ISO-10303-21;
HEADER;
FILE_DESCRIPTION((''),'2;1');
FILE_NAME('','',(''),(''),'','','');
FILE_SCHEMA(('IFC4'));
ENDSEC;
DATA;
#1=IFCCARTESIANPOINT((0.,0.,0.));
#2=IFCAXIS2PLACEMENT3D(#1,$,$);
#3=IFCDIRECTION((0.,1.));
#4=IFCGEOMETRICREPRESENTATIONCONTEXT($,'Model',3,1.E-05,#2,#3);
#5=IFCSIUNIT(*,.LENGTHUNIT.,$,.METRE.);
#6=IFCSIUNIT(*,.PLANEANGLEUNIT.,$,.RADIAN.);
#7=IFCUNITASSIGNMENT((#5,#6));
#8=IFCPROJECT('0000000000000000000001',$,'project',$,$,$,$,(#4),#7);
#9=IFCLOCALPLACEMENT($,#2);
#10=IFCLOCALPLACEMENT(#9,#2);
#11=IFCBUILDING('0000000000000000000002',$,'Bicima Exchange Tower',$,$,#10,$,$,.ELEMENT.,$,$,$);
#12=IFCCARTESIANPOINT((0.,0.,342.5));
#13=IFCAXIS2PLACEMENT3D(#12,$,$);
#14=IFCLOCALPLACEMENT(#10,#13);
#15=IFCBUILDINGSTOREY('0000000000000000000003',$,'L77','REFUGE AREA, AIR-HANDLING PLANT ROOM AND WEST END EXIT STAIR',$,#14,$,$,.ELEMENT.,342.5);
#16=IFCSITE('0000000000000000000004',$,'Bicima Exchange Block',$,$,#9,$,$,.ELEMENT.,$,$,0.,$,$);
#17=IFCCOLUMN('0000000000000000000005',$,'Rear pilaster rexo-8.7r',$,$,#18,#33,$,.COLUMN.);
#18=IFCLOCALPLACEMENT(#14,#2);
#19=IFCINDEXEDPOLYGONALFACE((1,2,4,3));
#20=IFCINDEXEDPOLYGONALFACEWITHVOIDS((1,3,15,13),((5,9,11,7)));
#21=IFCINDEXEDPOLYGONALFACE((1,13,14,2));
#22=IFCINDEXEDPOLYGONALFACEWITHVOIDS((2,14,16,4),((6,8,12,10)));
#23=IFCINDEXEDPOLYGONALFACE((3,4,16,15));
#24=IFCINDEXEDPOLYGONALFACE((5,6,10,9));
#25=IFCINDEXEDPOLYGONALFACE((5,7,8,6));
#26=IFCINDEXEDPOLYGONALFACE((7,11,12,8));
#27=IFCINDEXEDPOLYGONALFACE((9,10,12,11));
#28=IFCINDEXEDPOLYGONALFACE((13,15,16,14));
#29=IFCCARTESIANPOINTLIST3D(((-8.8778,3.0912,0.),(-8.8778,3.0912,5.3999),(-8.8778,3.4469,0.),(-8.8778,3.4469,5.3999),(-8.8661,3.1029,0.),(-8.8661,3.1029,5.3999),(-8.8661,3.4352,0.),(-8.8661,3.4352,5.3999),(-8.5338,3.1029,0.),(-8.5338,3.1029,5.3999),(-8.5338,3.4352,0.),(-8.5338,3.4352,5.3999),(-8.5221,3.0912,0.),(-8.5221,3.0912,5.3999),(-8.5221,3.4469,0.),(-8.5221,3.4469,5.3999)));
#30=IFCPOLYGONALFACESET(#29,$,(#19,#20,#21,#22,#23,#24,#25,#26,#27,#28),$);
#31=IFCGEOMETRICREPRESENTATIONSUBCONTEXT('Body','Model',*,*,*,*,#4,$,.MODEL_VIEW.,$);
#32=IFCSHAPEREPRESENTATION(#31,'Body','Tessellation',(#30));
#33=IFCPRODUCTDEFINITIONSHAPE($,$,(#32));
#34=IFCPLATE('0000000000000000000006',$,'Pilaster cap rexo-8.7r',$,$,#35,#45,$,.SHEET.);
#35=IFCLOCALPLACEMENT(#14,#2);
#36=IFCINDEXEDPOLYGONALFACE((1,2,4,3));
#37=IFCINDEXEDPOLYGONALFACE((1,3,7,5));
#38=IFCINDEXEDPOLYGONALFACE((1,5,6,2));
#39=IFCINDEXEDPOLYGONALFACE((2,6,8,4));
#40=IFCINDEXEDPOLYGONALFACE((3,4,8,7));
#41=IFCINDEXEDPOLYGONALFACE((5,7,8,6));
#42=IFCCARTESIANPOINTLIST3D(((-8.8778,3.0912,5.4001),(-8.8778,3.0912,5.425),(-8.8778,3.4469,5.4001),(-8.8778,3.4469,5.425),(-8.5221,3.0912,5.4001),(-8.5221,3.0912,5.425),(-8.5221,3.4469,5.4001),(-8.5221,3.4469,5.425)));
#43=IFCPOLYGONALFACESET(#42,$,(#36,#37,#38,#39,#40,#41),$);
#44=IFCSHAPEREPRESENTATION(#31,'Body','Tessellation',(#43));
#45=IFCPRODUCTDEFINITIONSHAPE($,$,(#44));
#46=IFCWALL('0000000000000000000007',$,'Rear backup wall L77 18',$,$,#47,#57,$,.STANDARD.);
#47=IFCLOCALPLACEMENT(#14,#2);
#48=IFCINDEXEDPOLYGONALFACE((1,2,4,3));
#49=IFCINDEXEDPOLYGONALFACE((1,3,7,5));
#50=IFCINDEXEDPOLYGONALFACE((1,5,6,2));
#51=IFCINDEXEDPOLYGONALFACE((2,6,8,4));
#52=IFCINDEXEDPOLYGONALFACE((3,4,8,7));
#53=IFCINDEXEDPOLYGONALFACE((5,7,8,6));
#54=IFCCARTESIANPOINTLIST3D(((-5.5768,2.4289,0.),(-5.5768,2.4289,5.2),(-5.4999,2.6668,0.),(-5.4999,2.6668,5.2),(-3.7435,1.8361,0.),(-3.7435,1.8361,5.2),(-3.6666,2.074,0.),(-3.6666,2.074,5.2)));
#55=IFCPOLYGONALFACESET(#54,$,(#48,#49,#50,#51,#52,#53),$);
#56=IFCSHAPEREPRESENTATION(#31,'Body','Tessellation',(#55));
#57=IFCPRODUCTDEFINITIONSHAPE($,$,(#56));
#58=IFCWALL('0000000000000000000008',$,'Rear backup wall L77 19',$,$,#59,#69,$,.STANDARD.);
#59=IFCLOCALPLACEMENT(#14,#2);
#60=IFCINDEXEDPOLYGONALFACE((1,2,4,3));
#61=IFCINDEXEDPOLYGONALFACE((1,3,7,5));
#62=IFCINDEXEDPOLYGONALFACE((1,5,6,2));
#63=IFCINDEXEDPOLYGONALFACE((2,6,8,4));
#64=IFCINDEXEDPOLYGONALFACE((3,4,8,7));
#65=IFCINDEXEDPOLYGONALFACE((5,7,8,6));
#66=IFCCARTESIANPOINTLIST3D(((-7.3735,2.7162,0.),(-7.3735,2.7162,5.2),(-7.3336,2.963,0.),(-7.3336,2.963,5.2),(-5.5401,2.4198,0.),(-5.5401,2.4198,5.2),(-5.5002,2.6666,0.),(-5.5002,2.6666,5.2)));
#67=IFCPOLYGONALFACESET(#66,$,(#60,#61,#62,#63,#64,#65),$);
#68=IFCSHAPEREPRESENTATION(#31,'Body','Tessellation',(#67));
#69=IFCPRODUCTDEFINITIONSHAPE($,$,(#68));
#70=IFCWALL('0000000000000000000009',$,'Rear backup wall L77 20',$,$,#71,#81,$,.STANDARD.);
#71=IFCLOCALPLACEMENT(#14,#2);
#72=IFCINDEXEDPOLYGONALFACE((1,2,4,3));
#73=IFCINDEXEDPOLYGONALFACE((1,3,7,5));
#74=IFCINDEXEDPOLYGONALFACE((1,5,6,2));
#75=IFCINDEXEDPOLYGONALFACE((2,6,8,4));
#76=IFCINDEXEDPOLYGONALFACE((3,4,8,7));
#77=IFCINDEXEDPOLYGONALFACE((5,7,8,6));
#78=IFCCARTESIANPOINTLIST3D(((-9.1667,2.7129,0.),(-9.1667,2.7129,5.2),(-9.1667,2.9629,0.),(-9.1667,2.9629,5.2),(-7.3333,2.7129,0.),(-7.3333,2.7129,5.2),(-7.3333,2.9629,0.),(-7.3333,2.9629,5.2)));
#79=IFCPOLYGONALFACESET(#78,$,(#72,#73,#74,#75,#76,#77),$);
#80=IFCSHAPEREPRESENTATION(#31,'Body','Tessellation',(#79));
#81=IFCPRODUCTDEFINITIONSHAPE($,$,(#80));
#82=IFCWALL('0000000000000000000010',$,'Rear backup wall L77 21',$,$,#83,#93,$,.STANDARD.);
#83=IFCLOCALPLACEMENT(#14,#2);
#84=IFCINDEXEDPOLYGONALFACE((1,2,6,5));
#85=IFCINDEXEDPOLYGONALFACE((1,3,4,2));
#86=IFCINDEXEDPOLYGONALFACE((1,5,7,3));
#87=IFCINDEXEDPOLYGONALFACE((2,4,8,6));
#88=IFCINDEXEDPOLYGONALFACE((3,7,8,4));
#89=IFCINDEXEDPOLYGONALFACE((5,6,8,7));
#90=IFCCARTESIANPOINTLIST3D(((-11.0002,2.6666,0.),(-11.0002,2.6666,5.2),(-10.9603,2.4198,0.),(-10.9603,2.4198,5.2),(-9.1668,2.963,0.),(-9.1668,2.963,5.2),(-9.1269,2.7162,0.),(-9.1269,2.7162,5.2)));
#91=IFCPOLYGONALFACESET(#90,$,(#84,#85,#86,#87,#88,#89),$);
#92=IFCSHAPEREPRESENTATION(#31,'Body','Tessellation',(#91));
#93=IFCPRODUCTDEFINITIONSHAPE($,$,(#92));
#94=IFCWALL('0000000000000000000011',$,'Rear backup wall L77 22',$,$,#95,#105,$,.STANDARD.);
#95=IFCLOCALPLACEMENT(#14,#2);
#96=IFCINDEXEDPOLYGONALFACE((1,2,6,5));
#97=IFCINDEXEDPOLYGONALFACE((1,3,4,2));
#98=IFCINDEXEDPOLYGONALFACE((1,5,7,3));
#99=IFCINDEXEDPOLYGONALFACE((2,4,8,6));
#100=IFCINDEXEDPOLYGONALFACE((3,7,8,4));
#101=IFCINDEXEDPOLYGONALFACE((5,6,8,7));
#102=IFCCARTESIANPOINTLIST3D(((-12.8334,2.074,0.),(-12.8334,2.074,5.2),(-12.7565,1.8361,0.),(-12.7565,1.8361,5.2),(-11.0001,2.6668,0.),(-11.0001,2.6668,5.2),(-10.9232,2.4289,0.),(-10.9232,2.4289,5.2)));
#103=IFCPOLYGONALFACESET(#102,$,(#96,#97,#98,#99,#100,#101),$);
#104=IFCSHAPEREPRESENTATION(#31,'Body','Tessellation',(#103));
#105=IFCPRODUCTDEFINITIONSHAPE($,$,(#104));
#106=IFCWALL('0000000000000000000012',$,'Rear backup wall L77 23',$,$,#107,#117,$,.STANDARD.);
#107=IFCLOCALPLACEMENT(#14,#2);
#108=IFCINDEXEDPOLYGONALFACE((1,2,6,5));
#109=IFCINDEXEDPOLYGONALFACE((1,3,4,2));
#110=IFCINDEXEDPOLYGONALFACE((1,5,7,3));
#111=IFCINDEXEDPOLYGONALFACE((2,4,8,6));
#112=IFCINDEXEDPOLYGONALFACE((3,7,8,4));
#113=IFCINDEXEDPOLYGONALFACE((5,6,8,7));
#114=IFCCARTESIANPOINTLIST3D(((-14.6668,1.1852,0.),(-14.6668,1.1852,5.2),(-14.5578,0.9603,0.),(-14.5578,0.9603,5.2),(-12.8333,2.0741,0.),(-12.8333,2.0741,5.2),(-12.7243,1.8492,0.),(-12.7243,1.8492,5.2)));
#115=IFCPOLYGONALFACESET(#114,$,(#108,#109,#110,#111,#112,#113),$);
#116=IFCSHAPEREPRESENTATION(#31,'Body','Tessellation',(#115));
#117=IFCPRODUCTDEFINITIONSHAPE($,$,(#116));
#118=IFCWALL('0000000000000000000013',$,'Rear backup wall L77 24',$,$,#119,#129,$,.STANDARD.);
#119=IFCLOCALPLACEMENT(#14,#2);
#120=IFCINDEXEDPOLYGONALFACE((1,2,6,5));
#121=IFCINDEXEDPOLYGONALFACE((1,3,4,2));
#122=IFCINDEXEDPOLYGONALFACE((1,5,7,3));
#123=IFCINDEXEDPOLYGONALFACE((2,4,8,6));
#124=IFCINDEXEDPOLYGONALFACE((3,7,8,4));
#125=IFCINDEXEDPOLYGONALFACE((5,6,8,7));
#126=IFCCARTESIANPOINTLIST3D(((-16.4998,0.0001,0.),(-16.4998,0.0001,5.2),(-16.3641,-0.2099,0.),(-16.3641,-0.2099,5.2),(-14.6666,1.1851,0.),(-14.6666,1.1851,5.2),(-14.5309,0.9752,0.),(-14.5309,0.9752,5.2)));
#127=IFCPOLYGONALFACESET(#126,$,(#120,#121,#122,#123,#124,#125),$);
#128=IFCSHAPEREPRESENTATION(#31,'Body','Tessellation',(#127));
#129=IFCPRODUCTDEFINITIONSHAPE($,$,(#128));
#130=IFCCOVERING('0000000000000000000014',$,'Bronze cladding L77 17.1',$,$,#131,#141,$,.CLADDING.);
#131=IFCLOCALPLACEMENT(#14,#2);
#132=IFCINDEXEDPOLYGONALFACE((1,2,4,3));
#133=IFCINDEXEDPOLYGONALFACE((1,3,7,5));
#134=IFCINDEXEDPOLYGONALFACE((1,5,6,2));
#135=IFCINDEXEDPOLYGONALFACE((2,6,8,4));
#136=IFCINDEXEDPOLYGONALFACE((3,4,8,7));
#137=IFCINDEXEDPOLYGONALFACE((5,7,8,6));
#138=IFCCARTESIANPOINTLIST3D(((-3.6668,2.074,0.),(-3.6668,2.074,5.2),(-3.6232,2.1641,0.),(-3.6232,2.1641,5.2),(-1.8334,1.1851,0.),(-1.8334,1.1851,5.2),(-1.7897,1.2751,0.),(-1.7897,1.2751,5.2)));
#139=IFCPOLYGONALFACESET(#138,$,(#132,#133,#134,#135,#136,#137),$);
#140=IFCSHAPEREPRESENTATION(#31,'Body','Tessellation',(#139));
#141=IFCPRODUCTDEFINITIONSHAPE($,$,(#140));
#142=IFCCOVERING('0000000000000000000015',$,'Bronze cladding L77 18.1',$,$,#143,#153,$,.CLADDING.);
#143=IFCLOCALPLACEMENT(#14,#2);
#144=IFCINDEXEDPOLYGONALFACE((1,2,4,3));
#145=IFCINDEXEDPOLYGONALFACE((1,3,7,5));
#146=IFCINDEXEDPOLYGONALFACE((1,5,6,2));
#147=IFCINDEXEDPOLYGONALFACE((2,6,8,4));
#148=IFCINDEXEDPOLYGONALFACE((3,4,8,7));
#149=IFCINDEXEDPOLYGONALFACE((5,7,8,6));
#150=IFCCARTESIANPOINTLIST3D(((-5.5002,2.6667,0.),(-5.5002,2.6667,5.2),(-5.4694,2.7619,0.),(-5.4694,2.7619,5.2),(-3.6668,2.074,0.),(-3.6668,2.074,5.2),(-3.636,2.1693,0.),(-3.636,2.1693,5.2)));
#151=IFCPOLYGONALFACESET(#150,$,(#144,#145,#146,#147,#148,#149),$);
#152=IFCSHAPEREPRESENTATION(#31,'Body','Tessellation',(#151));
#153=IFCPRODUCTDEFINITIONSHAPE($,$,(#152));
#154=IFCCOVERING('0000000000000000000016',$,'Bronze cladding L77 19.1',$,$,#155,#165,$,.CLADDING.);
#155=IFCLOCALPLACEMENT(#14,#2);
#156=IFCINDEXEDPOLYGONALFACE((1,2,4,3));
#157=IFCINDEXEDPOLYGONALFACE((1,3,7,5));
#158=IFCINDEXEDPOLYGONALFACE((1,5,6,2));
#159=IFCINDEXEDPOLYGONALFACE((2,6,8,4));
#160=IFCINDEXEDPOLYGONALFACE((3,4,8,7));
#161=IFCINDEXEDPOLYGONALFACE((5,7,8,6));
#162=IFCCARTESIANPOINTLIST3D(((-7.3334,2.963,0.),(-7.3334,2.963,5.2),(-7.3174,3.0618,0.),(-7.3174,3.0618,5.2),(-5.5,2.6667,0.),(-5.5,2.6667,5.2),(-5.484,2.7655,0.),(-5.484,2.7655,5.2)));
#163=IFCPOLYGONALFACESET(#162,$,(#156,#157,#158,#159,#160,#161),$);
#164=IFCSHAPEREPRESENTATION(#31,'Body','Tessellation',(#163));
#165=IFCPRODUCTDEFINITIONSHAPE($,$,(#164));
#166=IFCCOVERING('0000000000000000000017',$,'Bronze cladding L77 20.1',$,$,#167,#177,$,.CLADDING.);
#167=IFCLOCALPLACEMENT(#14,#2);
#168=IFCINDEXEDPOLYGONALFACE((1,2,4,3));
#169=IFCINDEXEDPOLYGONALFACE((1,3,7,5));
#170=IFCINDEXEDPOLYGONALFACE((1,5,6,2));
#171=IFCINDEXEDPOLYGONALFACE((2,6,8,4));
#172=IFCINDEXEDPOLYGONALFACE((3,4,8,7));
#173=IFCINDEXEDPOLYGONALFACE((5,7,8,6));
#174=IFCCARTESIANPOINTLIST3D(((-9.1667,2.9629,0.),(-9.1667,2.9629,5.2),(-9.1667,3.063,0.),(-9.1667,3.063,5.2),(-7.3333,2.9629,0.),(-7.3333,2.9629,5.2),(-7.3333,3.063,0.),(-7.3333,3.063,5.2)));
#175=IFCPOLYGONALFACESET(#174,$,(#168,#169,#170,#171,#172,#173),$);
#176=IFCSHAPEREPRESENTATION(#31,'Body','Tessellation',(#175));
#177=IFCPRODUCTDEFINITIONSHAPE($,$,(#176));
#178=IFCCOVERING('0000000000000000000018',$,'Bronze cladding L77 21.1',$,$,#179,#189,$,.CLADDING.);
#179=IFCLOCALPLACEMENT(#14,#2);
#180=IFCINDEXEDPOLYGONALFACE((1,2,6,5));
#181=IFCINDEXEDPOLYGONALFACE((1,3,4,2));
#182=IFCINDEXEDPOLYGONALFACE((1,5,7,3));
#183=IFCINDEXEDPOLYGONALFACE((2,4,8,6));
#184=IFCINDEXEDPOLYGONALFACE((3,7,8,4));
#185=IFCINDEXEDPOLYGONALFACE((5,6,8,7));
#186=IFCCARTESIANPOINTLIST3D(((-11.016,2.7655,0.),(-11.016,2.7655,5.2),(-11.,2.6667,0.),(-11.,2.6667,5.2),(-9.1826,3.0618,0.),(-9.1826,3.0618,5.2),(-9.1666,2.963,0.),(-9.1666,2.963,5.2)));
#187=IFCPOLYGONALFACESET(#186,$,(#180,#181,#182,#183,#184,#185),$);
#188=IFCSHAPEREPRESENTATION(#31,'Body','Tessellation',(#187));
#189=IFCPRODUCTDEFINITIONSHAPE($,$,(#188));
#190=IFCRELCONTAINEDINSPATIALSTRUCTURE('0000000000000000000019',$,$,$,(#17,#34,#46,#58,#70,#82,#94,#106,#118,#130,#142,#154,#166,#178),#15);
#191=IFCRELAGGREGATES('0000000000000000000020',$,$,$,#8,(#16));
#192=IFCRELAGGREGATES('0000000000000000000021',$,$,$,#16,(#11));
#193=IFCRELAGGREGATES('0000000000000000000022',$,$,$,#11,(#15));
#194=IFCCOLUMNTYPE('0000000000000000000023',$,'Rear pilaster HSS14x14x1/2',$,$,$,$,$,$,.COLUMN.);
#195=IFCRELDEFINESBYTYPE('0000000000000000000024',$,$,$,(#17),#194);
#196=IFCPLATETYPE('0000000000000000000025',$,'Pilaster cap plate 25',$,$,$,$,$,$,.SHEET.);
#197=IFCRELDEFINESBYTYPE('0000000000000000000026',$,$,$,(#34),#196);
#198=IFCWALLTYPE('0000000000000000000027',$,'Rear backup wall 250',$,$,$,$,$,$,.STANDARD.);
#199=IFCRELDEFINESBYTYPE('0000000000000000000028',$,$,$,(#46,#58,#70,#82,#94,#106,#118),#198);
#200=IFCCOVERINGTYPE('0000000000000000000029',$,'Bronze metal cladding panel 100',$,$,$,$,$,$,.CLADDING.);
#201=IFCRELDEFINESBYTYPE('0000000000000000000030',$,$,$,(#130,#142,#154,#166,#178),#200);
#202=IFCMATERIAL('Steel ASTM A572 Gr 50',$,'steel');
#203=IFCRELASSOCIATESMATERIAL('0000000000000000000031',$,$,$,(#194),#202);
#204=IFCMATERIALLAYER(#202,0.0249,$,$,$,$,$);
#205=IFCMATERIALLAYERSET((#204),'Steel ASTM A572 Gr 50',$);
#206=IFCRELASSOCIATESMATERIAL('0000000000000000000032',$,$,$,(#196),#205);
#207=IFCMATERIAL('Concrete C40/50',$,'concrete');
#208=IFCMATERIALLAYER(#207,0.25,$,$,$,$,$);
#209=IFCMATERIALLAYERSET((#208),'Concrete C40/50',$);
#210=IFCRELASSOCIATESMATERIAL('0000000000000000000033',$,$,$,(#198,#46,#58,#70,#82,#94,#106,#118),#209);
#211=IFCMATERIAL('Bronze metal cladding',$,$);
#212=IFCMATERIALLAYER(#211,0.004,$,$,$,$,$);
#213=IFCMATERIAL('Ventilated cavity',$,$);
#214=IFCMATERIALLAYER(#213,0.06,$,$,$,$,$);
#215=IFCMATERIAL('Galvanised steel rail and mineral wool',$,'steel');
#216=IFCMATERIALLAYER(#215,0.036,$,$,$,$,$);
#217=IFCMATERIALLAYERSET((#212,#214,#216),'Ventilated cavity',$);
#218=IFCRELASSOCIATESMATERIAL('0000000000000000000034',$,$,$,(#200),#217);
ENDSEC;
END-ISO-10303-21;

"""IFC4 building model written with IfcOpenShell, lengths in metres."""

from ifc_helpers import new_model, si_unit, direction, frame, frame_2d, origin, origin_2d, place, context, subcontext, project, spatial, rectangle, hollow_rectangle, extrude, material, layer, layer_set, layer_usage, material_profile, profile_set, type_object, element, save


model = new_model("IFC4")

# Units and contexts
model_context = context("Model", 3, precision=1e-05, world=origin(), true_north=direction((0.0, 1.0)))
body_context = subcontext(model_context, "Body", "Model", "MODEL_VIEW")
ifc_project = project(units=[si_unit("LENGTHUNIT", "METRE"), si_unit("PLANEANGLEUNIT", "RADIAN")], contexts=[model_context])

# Site, building, storey
site_placement = place(None, origin())
site = spatial("IfcSite", under=ifc_project, at=site_placement, Name="Bicima Exchange Block", CompositionType="ELEMENT", RefElevation=0.0)
building_placement = place(site_placement, origin())
building = spatial("IfcBuilding", under=site, at=building_placement, Name="Bicima Exchange Tower", CompositionType="ELEMENT")
storey_placement = place(building_placement, frame((0.0, 0.0, 342.5)))
storey = spatial("IfcBuildingStorey", under=building, at=storey_placement, Name="L77", Description="REFUGE AREA, AIR-HANDLING PLANT ROOM AND WEST END EXIT STAIR", CompositionType="ELEMENT", Elevation=342.5)

# Column
ifc_material_1 = material(Name="Steel ASTM A572 Gr 50", Category="steel")
ifc_material_profile = material_profile(ifc_material_1, hollow_rectangle(XDim=0.3557, YDim=0.3557, WallThickness=0.0117, at=origin_2d()))
ifc_profile_set = profile_set([ifc_material_profile], Name="Steel ASTM A572 Gr 50")
column_type = type_object("IfcColumnType", Name="Rear pilaster HSS14x14x1/2", PredefinedType="COLUMN", material=ifc_profile_set)
column_placement = place(storey_placement, frame((-8.7, 3.269, 0.0), z_axis=(0.0, 0.0, 1.0), x_axis=(1.0, 0.0, 0.0)))
element("IfcColumn", 1, at=column_placement, inside=storey, type_object=column_type, Name="Rear pilaster rexo-8.7r", PredefinedType="COLUMN", context=body_context, shape_type="SweptSolid", body=[
    extrude(hollow_rectangle(XDim=0.3557, YDim=0.3557, WallThickness=0.0117, at=origin_2d()), origin(), (0.0, 0.0, 1.0), 5.3999),
])

# Plate
ifc_layer_1 = layer(ifc_material_1, 0.0249)
ifc_layer_set_1 = layer_set([ifc_layer_1], Name="Steel ASTM A572 Gr 50")
plate_type = type_object("IfcPlateType", Name="Pilaster cap plate 25", PredefinedType="SHEET", material=ifc_layer_set_1)
plate_placement = place(storey_placement, frame((-8.7, 3.269, 5.4001), z_axis=(0.0, 0.0, 1.0), x_axis=(1.0, 0.0, 0.0)))
element("IfcPlate", 2, at=plate_placement, inside=storey, type_object=plate_type, Name="Pilaster cap rexo-8.7r", PredefinedType="SHEET", context=body_context, shape_type="SweptSolid", body=[
    extrude(rectangle(XDim=0.3557, YDim=0.3557, at=origin_2d()), origin(), (0.0, 0.0, 1.0), 0.0249),
])

# Walls
ifc_material_2 = material(Name="Concrete C40/50", Category="concrete")
ifc_layer_2 = layer(ifc_material_2, 0.25)
ifc_layer_set_2 = layer_set([ifc_layer_2], Name="Concrete C40/50")
ifc_layer_usage = layer_usage(ifc_layer_set_2, "AXIS2", "POSITIVE", -0.125)
wall_type = type_object("IfcWallType", Name="Rear backup wall 250", PredefinedType="STANDARD", material=ifc_layer_set_2)
wall_1_placement = place(storey_placement, frame((-3.7051, 1.9551, 0.0), z_axis=(0.0, 0.0, 1.0), x_axis=(-0.951496, 0.307662, 0.0)))
element("IfcWall", 3, at=wall_1_placement, inside=storey, type_object=wall_type, material=ifc_layer_usage, Name="Rear backup wall L77 18", PredefinedType="STANDARD", context=body_context, shape_type="SweptSolid", body=[
    extrude(rectangle(XDim=1.9268, YDim=0.25, at=frame_2d((0.9634, 0.0))), origin(), (0.0, 0.0, 1.0), 5.2),
])
wall_2_placement = place(storey_placement, frame((-5.52, 2.5432, 0.0), z_axis=(0.0, 0.0, 1.0), x_axis=(-0.987182, 0.1596, 0.0)))
element("IfcWall", 4, at=wall_2_placement, inside=storey, type_object=wall_type, material=ifc_layer_usage, Name="Rear backup wall L77 19", PredefinedType="STANDARD", context=body_context, shape_type="SweptSolid", body=[
    extrude(rectangle(XDim=1.8572, YDim=0.25, at=frame_2d((0.9287, 0.0))), origin(), (0.0, 0.0, 1.0), 5.2),
])
wall_3_placement = place(storey_placement, frame((-7.3333, 2.8379, 0.0), z_axis=(0.0, 0.0, 1.0), x_axis=(-1.0, 0.0, 0.0)))
element("IfcWall", 5, at=wall_3_placement, inside=storey, type_object=wall_type, material=ifc_layer_usage, Name="Rear backup wall L77 20", PredefinedType="STANDARD", context=body_context, shape_type="SweptSolid", body=[
    extrude(rectangle(XDim=1.8335, YDim=0.25, at=frame_2d((0.9167, 0.0))), origin(), (0.0, 0.0, 1.0), 5.2),
])
wall_4_placement = place(storey_placement, frame((-9.1467, 2.8396, 0.0), z_axis=(0.0, 0.0, 1.0), x_axis=(-0.987182, -0.1596, 0.0)))
element("IfcWall", 6, at=wall_4_placement, inside=storey, type_object=wall_type, material=ifc_layer_usage, Name="Rear backup wall L77 21", PredefinedType="STANDARD", context=body_context, shape_type="SweptSolid", body=[
    extrude(rectangle(XDim=1.8572, YDim=0.25, at=frame_2d((0.9287, 0.0))), origin(), (0.0, 0.0, 1.0), 5.2),
])
wall_5_placement = place(storey_placement, frame((-10.9617, 2.5479, 0.0), z_axis=(0.0, 0.0, 1.0), x_axis=(-0.951496, -0.307662, 0.0)))
element("IfcWall", 7, at=wall_5_placement, inside=storey, type_object=wall_type, material=ifc_layer_usage, Name="Rear backup wall L77 22", PredefinedType="STANDARD", context=body_context, shape_type="SweptSolid", body=[
    extrude(rectangle(XDim=1.9268, YDim=0.25, at=frame_2d((0.9634, 0.0))), origin(), (0.0, 0.0, 1.0), 5.2),
])
wall_6_placement = place(storey_placement, frame((-12.7788, 1.9617, 0.0), z_axis=(0.0, 0.0, 1.0), x_axis=(-0.899824, -0.436253, 0.0)))
element("IfcWall", 8, at=wall_6_placement, inside=storey, type_object=wall_type, material=ifc_layer_usage, Name="Rear backup wall L77 23", PredefinedType="STANDARD", context=body_context, shape_type="SweptSolid", body=[
    extrude(rectangle(XDim=2.0376, YDim=0.25, at=frame_2d((1.0188, 0.0))), origin(), (0.0, 0.0, 1.0), 5.2),
])
wall_7_placement = place(storey_placement, frame((-14.5989, 1.0801, 0.0), z_axis=(0.0, 0.0, 1.0), x_axis=(-0.839813, -0.542876, 0.0)))
element("IfcWall", 9, at=wall_7_placement, inside=storey, type_object=wall_type, material=ifc_layer_usage, Name="Rear backup wall L77 24", PredefinedType="STANDARD", context=body_context, shape_type="SweptSolid", body=[
    extrude(rectangle(XDim=2.1829, YDim=0.25, at=frame_2d((1.0913, 0.0))), origin(), (0.0, 0.0, 1.0), 5.2),
])

# Coverings
ifc_material_3 = material(Name="Bronze metal cladding")
ifc_layer_3 = layer(ifc_material_3, 0.004)
ifc_material_4 = material(Name="Ventilated cavity")
ifc_layer_4 = layer(ifc_material_4, 0.06)
ifc_material_5 = material(Name="Galvanised steel rail and mineral wool", Category="steel")
ifc_layer_5 = layer(ifc_material_5, 0.036)
ifc_layer_set_3 = layer_set([ifc_layer_3, ifc_layer_4, ifc_layer_5], Name="Ventilated cavity")
covering_type = type_object("IfcCoveringType", Name="Bronze metal cladding panel 100", PredefinedType="CLADDING", material=ifc_layer_set_3)
covering_1_placement = place(storey_placement, frame((-2.7283, 1.6746, 0.0), z_axis=(0.0, 0.0, 1.0), x_axis=(-0.899818, 0.436265, 0.0)))
element("IfcCovering", 10, at=covering_1_placement, inside=storey, type_object=covering_type, Name="Bronze cladding L77 17.1", PredefinedType="CLADDING", context=body_context, shape_type="SweptSolid", body=[
    extrude(rectangle(XDim=2.0376, YDim=0.1001, at=origin_2d()), origin(), (0.0, 0.0, 1.0), 5.2),
])
covering_2_placement = place(storey_placement, frame((-4.5681, 2.418, 0.0), z_axis=(0.0, 0.0, 1.0), x_axis=(-0.951525, 0.307573, 0.0)))
element("IfcCovering", 11, at=covering_2_placement, inside=storey, type_object=covering_type, Name="Bronze cladding L77 18.1", PredefinedType="CLADDING", context=body_context, shape_type="SweptSolid", body=[
    extrude(rectangle(XDim=1.9268, YDim=0.1001, at=origin_2d()), origin(), (0.0, 0.0, 1.0), 5.2),
])
covering_3_placement = place(storey_placement, frame((-6.4087, 2.8643, 0.0), z_axis=(0.0, 0.0, 1.0), x_axis=(-0.98719, 0.15955, 0.0)))
element("IfcCovering", 12, at=covering_3_placement, inside=storey, type_object=covering_type, Name="Bronze cladding L77 19.1", PredefinedType="CLADDING", context=body_context, shape_type="SweptSolid", body=[
    extrude(rectangle(XDim=1.8572, YDim=0.1001, at=origin_2d()), origin(), (0.0, 0.0, 1.0), 5.2),
])
covering_4_placement = place(storey_placement, frame((-8.25, 3.0129, 0.0), z_axis=(0.0, 0.0, 1.0), x_axis=(-1.0, 0.0, 0.0)))
element("IfcCovering", 13, at=covering_4_placement, inside=storey, type_object=covering_type, Name="Bronze cladding L77 20.1", PredefinedType="CLADDING", context=body_context, shape_type="SweptSolid", body=[
    extrude(rectangle(XDim=1.8335, YDim=0.1001, at=origin_2d()), origin(), (0.0, 0.0, 1.0), 5.2),
])
covering_5_placement = place(storey_placement, frame((-10.0913, 2.8643, 0.0), z_axis=(0.0, 0.0, 1.0), x_axis=(-0.98719, -0.15955, 0.0)))
element("IfcCovering", 14, at=covering_5_placement, inside=storey, type_object=covering_type, Name="Bronze cladding L77 21.1", PredefinedType="CLADDING", context=body_context, shape_type="SweptSolid", body=[
    extrude(rectangle(XDim=1.8572, YDim=0.1001, at=origin_2d()), origin(), (0.0, 0.0, 1.0), 5.2),
])

save(model, "model.ifc")
